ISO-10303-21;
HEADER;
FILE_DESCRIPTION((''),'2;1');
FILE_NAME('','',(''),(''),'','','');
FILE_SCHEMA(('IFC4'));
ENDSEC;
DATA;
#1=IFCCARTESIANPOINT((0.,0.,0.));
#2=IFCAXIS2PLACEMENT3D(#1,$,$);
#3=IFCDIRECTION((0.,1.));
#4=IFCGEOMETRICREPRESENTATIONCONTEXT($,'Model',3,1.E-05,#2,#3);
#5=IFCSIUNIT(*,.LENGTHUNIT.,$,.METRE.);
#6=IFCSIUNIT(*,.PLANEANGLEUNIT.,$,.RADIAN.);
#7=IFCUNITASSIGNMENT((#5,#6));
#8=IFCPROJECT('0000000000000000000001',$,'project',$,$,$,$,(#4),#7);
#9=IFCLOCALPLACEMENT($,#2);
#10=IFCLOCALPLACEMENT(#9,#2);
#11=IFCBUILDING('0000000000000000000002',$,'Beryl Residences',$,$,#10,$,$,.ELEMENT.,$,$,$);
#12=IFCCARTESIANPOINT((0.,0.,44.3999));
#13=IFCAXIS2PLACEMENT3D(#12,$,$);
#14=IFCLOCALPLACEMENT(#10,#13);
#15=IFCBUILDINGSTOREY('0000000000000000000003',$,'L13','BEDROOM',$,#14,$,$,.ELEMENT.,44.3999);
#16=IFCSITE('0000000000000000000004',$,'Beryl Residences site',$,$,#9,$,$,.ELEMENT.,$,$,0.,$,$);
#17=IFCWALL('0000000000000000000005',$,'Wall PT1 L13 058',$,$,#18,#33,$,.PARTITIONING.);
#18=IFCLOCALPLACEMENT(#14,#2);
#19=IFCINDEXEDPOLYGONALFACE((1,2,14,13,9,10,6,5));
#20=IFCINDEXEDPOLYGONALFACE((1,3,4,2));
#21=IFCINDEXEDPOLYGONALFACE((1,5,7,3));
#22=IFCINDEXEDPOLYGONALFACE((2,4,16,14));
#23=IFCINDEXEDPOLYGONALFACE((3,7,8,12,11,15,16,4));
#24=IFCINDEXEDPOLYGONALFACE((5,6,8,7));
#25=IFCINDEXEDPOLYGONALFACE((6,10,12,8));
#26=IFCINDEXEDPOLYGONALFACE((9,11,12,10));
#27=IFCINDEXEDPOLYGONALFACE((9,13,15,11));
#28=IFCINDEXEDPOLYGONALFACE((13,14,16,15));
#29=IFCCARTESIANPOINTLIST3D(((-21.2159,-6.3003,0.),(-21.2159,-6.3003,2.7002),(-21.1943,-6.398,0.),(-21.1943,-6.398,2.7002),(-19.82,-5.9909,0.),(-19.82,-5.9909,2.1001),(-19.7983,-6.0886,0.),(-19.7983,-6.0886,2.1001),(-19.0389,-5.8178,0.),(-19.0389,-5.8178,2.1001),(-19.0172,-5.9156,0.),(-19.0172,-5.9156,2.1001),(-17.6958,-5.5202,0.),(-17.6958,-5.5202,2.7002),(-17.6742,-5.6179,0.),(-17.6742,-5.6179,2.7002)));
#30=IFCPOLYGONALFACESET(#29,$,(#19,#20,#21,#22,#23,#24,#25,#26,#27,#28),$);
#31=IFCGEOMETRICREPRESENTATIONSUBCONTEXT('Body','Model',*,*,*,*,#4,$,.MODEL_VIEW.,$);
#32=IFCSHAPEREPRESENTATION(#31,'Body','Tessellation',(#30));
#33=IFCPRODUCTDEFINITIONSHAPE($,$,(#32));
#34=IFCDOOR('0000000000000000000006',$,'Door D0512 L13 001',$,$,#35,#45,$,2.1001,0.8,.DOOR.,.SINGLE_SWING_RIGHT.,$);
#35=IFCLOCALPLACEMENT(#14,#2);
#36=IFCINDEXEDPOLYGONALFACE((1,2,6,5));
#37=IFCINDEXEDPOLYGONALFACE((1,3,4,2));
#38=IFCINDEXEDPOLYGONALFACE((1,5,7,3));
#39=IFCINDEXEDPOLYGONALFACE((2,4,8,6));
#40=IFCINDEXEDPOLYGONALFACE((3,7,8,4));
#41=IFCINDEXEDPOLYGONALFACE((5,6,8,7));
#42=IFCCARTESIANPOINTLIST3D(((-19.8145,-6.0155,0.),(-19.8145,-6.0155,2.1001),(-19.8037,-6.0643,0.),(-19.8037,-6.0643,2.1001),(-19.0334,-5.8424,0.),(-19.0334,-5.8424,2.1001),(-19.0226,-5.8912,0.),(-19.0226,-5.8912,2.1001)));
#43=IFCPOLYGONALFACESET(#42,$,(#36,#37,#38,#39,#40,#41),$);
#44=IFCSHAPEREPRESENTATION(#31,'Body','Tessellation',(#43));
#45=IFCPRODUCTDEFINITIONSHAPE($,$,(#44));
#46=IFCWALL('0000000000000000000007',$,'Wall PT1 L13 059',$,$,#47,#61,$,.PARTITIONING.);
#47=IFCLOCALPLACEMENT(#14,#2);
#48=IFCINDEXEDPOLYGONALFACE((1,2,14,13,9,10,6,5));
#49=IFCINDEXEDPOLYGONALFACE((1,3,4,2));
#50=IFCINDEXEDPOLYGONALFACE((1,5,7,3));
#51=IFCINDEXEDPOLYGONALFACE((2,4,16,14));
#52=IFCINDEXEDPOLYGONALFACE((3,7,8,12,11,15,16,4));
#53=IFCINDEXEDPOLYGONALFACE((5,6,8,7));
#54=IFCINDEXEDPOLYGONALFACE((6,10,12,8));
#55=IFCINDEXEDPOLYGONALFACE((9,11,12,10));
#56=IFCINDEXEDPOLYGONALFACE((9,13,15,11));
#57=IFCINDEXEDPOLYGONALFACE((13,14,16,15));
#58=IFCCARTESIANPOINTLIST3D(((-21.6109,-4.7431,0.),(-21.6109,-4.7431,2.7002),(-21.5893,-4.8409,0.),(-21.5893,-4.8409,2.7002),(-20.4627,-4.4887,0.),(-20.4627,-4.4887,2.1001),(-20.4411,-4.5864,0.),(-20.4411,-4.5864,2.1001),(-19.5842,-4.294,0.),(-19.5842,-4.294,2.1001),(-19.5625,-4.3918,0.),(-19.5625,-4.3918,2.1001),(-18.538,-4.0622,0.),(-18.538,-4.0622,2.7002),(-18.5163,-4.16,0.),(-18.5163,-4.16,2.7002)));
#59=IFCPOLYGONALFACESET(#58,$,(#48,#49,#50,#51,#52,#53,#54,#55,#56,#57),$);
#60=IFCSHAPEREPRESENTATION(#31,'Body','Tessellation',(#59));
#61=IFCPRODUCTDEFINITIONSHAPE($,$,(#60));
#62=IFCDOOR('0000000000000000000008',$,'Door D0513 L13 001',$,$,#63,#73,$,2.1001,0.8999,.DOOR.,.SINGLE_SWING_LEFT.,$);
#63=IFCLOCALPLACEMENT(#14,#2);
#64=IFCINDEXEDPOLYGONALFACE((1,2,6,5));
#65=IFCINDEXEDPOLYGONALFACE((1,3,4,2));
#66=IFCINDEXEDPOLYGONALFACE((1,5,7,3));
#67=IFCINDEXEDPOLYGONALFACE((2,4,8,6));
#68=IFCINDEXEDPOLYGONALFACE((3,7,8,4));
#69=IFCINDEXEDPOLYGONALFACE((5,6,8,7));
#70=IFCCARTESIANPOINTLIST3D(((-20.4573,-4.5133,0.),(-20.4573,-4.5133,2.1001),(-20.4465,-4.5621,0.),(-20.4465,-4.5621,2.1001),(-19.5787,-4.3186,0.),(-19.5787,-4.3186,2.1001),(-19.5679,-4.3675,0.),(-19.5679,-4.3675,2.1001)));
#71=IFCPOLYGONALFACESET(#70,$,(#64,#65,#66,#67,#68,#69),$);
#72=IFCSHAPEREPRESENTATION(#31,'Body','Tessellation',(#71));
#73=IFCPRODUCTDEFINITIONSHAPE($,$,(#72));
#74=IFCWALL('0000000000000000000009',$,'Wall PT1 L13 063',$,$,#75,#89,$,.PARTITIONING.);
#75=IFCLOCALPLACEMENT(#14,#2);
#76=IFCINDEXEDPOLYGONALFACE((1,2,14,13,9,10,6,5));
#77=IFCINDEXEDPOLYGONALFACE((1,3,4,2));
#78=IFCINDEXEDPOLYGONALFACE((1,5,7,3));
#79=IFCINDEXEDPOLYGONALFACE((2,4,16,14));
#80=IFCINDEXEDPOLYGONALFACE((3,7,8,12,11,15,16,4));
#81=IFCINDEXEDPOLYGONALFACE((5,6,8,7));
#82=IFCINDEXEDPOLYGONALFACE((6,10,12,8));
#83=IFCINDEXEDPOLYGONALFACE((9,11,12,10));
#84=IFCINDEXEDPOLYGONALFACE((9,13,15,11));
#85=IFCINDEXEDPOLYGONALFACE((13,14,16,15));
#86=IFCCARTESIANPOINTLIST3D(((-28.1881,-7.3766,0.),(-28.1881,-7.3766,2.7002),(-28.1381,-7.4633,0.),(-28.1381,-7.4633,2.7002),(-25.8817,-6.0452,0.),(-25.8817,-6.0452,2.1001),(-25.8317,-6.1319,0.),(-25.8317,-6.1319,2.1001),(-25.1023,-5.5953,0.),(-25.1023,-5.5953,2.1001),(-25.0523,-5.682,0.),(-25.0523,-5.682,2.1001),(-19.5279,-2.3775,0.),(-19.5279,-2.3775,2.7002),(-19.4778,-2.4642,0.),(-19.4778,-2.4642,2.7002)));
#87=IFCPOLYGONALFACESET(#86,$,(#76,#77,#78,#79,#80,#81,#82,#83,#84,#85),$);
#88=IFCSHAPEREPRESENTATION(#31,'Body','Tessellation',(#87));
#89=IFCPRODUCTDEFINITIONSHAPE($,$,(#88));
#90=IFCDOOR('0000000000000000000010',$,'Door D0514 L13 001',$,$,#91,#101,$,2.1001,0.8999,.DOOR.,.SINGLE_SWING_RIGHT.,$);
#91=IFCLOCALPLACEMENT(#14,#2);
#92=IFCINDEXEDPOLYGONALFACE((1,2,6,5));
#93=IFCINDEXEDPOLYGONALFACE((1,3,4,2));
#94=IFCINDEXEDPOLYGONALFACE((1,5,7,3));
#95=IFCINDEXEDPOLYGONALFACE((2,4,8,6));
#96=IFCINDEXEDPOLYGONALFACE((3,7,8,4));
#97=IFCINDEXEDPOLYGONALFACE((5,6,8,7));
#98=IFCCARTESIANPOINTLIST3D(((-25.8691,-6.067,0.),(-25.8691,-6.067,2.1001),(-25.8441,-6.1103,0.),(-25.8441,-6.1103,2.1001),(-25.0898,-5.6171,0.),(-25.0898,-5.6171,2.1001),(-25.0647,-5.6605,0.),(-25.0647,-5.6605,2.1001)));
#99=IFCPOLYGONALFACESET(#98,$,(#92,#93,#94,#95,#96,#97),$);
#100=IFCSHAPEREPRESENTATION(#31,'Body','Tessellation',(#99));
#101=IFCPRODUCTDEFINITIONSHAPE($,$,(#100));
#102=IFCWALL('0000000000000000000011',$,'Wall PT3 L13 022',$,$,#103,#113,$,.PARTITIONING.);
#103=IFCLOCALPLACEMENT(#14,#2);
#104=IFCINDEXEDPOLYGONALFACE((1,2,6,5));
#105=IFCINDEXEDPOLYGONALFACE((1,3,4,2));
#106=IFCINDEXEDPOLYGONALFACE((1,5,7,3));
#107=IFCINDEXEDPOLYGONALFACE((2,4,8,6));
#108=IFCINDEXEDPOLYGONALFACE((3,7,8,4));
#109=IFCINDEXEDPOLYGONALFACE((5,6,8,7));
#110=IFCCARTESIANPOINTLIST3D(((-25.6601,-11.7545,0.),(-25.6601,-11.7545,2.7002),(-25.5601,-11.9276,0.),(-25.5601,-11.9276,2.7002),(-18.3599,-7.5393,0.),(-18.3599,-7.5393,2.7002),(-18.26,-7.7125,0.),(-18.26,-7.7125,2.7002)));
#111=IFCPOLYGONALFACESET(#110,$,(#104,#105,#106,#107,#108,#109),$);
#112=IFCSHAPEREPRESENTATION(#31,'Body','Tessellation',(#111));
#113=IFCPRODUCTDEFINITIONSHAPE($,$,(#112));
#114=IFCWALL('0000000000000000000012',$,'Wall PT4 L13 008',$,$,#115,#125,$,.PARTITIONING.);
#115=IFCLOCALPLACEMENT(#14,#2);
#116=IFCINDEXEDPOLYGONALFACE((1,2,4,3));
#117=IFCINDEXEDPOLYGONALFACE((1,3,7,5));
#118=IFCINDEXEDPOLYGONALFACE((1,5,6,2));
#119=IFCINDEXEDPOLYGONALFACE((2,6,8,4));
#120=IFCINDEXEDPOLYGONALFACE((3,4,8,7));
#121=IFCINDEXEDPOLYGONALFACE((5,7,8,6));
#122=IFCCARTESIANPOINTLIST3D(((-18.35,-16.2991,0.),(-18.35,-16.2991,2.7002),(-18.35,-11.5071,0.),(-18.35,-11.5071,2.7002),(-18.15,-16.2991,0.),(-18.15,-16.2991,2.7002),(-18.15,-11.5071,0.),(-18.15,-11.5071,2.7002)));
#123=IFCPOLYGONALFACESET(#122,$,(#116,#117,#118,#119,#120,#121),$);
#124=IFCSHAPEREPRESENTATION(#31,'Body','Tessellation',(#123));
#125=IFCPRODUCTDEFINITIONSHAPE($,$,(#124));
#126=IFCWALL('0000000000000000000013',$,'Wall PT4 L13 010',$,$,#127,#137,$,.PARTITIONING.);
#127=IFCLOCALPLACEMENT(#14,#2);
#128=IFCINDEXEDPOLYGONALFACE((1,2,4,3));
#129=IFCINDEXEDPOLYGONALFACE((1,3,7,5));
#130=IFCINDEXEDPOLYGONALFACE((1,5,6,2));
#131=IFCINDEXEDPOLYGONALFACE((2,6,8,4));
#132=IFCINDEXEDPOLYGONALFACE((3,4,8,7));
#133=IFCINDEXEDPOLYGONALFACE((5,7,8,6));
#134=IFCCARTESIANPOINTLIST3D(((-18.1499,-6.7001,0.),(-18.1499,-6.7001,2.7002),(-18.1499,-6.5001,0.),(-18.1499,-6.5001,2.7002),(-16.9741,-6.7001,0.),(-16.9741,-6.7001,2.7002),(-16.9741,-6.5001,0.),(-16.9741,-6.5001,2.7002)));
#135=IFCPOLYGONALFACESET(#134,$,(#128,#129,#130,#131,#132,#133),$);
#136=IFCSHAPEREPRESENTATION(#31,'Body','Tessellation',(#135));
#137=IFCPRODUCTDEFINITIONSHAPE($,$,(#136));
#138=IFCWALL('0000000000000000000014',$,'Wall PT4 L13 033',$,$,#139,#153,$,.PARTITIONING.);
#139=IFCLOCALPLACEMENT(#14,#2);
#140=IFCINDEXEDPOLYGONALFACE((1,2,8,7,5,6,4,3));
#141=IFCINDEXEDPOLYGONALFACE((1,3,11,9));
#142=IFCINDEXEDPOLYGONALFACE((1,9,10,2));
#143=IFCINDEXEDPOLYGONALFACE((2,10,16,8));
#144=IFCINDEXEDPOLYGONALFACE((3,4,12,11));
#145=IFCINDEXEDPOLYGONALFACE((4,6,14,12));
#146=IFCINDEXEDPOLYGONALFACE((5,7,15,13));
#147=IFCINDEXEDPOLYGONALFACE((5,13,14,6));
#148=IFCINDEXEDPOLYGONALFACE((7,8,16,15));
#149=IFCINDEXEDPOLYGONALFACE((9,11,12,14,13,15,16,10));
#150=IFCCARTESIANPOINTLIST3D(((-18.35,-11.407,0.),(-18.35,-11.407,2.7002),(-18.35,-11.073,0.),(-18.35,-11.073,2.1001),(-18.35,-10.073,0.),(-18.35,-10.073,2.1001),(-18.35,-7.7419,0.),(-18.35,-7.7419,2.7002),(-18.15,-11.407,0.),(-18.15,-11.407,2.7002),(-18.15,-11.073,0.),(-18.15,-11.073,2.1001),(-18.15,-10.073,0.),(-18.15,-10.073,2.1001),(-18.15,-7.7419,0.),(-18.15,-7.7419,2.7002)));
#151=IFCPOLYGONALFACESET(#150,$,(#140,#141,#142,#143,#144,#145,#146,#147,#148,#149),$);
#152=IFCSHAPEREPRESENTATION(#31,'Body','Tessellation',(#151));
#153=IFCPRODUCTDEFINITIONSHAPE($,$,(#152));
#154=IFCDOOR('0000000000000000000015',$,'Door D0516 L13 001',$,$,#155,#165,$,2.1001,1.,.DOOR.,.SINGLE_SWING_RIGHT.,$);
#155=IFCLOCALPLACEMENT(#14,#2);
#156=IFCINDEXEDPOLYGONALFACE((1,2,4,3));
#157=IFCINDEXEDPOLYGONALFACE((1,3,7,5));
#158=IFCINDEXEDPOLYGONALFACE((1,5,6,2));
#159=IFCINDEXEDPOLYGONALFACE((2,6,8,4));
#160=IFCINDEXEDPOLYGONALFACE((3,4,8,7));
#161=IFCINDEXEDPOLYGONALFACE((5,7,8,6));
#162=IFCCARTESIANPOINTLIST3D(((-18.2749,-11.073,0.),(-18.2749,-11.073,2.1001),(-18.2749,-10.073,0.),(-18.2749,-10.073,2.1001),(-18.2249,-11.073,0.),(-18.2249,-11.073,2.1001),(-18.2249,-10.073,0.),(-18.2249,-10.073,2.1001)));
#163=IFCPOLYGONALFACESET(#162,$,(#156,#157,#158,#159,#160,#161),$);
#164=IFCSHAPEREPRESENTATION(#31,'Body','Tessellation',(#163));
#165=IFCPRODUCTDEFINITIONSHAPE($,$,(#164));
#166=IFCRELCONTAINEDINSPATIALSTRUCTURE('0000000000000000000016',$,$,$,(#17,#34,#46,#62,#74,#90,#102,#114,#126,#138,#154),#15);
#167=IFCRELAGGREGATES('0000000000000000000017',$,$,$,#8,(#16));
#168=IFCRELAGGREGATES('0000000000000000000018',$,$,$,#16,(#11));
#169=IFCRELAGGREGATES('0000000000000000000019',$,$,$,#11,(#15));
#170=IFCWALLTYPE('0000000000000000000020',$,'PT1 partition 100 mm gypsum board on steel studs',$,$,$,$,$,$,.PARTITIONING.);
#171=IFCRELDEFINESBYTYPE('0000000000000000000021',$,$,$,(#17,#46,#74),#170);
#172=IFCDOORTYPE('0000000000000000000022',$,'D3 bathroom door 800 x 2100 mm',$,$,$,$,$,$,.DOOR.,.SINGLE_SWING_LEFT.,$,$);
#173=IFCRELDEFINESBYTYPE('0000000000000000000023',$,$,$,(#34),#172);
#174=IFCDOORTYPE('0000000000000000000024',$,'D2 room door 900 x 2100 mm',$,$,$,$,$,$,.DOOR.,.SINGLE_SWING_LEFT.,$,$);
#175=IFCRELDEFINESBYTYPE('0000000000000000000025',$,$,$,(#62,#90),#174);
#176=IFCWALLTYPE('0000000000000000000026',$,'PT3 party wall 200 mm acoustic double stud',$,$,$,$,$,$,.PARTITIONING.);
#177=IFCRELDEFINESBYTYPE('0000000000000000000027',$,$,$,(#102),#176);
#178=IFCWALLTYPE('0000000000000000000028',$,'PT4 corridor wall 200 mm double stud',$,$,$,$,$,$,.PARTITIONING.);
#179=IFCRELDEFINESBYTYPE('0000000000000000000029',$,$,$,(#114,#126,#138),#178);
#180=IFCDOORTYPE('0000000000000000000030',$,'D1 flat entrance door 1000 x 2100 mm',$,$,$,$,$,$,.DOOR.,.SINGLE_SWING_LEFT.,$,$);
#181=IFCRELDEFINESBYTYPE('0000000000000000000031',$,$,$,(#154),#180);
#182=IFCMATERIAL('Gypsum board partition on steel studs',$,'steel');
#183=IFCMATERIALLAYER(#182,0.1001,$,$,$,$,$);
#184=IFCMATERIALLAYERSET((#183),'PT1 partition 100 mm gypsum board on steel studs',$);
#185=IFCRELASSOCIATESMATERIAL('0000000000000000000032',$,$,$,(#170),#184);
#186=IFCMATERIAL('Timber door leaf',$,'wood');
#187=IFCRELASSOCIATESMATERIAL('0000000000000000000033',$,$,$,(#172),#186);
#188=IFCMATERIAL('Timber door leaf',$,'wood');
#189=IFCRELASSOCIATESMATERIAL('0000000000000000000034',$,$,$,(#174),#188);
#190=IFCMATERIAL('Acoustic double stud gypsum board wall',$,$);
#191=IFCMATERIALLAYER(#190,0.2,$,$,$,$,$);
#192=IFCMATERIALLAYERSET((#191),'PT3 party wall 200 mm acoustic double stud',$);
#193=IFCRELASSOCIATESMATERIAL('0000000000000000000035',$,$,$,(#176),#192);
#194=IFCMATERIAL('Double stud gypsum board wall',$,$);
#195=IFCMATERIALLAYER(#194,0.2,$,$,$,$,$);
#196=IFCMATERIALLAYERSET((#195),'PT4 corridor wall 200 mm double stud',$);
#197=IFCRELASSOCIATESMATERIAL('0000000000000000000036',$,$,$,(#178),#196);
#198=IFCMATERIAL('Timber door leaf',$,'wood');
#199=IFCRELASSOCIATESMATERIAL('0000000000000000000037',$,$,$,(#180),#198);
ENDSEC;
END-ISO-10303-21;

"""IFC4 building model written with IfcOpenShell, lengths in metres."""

from ifc_helpers import new_model, si_unit, direction, frame, frame_2d, origin, place, context, subcontext, project, spatial, rectangle, extrude, material, layer, layer_set, type_object, element, fill, save


model = new_model("IFC4")

# Units and contexts
model_context = context("Model", 3, precision=1e-05, world=origin(), true_north=direction((0.0, 1.0)))
body_context = subcontext(model_context, "Body", "Model", "MODEL_VIEW")
ifc_project = project(units=[si_unit("LENGTHUNIT", "METRE"), si_unit("PLANEANGLEUNIT", "RADIAN")], contexts=[model_context])

# Site, building, storey
site_placement = place(None, origin())
site = spatial("IfcSite", under=ifc_project, at=site_placement, Name="Beryl Residences site", CompositionType="ELEMENT", RefElevation=0.0)
building_placement = place(site_placement, origin())
building = spatial("IfcBuilding", under=site, at=building_placement, Name="Beryl Residences", CompositionType="ELEMENT")
storey_placement = place(building_placement, frame((0.0, 0.0, 44.3999)))
storey = spatial("IfcBuildingStorey", under=building, at=storey_placement, Name="L13", Description="BEDROOM", CompositionType="ELEMENT", Elevation=44.3999)

# Shared definitions
ifc_material_1 = material(Name="Gypsum board partition on steel studs", Category="steel")
ifc_layer_1 = layer(ifc_material_1, 0.1001)
ifc_layer_set_1 = layer_set([ifc_layer_1], Name="PT1 partition 100 mm gypsum board on steel studs")
wall_type_1 = type_object("IfcWallType", Name="PT1 partition 100 mm gypsum board on steel studs", PredefinedType="PARTITIONING", material=ifc_layer_set_1)

# Shared definitions
ifc_material_2 = material(Name="Timber door leaf", Category="wood")
door_type_1 = type_object("IfcDoorType", Name="D3 bathroom door 800 x 2100 mm", OperationType="SINGLE_SWING_LEFT", PredefinedType="DOOR", material=ifc_material_2)
ifc_material_3 = material(Name="Timber door leaf", Category="wood")
door_type_2 = type_object("IfcDoorType", Name="D2 room door 900 x 2100 mm", OperationType="SINGLE_SWING_LEFT", PredefinedType="DOOR", material=ifc_material_3)

# Walls, openings, doors
wall_1_placement = place(storey_placement, frame((-21.2051, -6.3491, 0.0), z_axis=(0.0, 0.0, 1.0), x_axis=(0.976316, 0.21635, 0.0)))
wall_1 = element("IfcWall", 1, at=wall_1_placement, inside=storey, type_object=wall_type_1, Name="Wall PT1 L13 058", PredefinedType="PARTITIONING", context=body_context, shape_type="SweptSolid", body=[
    extrude(rectangle(XDim=3.6055, YDim=0.1001, at=frame_2d((1.8027, 0.0))), origin(), (0.0, 0.0, 1.0), 2.7002),
])
opening_1_placement = place(wall_1_placement, frame((1.4299, 0.0, 0.0)))
opening_1 = element("IfcOpeningElement", 2, at=opening_1_placement, cuts=wall_1, PredefinedType="OPENING", context=body_context, shape_type="SweptSolid", body=[
    extrude(rectangle(XDim=0.8, YDim=2.1001, at=frame_2d((0.3999, 1.05))), frame((0.0, 0.0601, 0.0), z_axis=(0.0, -1.0, 0.0), x_axis=(1.0, 0.0, 0.0)), (0.0, 0.0, 1.0), 0.1201),
])
door_1_placement = place(opening_1_placement, origin())
door_1 = element("IfcDoor", 3, at=door_1_placement, inside=storey, type_object=door_type_1, Name="Door D0512 L13 001", OperationType="SINGLE_SWING_RIGHT", OverallHeight=2.1001, OverallWidth=0.8, PredefinedType="DOOR", context=body_context, shape_type="SweptSolid", body=[
    extrude(rectangle(XDim=0.8, YDim=2.1001, at=frame_2d((0.3999, 1.05))), frame((0.0, 0.0249, 0.0), z_axis=(0.0, -1.0, 0.0), x_axis=(1.0, 0.0, 0.0)), (0.0, 0.0, 1.0), 0.05),
])
fill(opening_1, door_1)
wall_2_placement = place(storey_placement, frame((-21.6001, -4.792, 0.0), z_axis=(0.0, 0.0, 1.0), x_axis=(0.97632, 0.216331, 0.0)))
wall_2 = element("IfcWall", 4, at=wall_2_placement, inside=storey, type_object=wall_type_1, Name="Wall PT1 L13 059", PredefinedType="PARTITIONING", context=body_context, shape_type="SweptSolid", body=[
    extrude(rectangle(XDim=3.1475, YDim=0.1001, at=frame_2d((1.5737, 0.0))), origin(), (0.0, 0.0, 1.0), 2.7002),
])
opening_2_placement = place(wall_2_placement, frame((1.176, 0.0, 0.0)))
opening_2 = element("IfcOpeningElement", 5, at=opening_2_placement, cuts=wall_2, PredefinedType="OPENING", context=body_context, shape_type="SweptSolid", body=[
    extrude(rectangle(XDim=0.8999, YDim=2.1001, at=frame_2d((0.45, 1.05))), frame((0.0, 0.0601, 0.0), z_axis=(0.0, -1.0, 0.0), x_axis=(1.0, 0.0, 0.0)), (0.0, 0.0, 1.0), 0.1201),
])
door_2_placement = place(opening_2_placement, origin())
door_2 = element("IfcDoor", 6, at=door_2_placement, inside=storey, type_object=door_type_2, Name="Door D0513 L13 001", OperationType="SINGLE_SWING_LEFT", OverallHeight=2.1001, OverallWidth=0.8999, PredefinedType="DOOR", context=body_context, shape_type="SweptSolid", body=[
    extrude(rectangle(XDim=0.8999, YDim=2.1001, at=frame_2d((0.45, 1.05))), frame((0.0, 0.0249, 0.0), z_axis=(0.0, -1.0, 0.0), x_axis=(1.0, 0.0, 0.0)), (0.0, 0.0, 1.0), 0.05),
])
fill(opening_2, door_2)
wall_3_placement = place(storey_placement, frame((-28.1631, -7.4199, 0.0), z_axis=(0.0, 0.0, 1.0), x_axis=(0.866065, 0.499931, 0.0)))
wall_3 = element("IfcWall", 7, at=wall_3_placement, inside=storey, type_object=wall_type_1, Name="Wall PT1 L13 063", PredefinedType="PARTITIONING", context=body_context, shape_type="SweptSolid", body=[
    extrude(rectangle(XDim=9.9995, YDim=0.1001, at=frame_2d((4.9998, 0.0))), origin(), (0.0, 0.0, 1.0), 2.7002),
])
opening_3_placement = place(wall_3_placement, frame((2.6631, 0.0, 0.0)))
opening_3 = element("IfcOpeningElement", 8, at=opening_3_placement, cuts=wall_3, PredefinedType="OPENING", context=body_context, shape_type="SweptSolid", body=[
    extrude(rectangle(XDim=0.8999, YDim=2.1001, at=frame_2d((0.45, 1.05))), frame((0.0, 0.0601, 0.0), z_axis=(0.0, -1.0, 0.0), x_axis=(1.0, 0.0, 0.0)), (0.0, 0.0, 1.0), 0.1201),
])
door_3_placement = place(opening_3_placement, origin())
door_3 = element("IfcDoor", 9, at=door_3_placement, inside=storey, type_object=door_type_2, Name="Door D0514 L13 001", OperationType="SINGLE_SWING_RIGHT", OverallHeight=2.1001, OverallWidth=0.8999, PredefinedType="DOOR", context=body_context, shape_type="SweptSolid", body=[
    extrude(rectangle(XDim=0.8999, YDim=2.1001, at=frame_2d((0.45, 1.05))), frame((0.0, 0.0249, 0.0), z_axis=(0.0, -1.0, 0.0), x_axis=(1.0, 0.0, 0.0)), (0.0, 0.0, 1.0), 0.05),
])
fill(opening_3, door_3)

# Walls
ifc_material_4 = material(Name="Acoustic double stud gypsum board wall")
ifc_layer_2 = layer(ifc_material_4, 0.2)
ifc_layer_set_2 = layer_set([ifc_layer_2], Name="PT3 party wall 200 mm acoustic double stud")
wall_type_2 = type_object("IfcWallType", Name="PT3 party wall 200 mm acoustic double stud", PredefinedType="PARTITIONING", material=ifc_layer_set_2)
wall_4_placement = place(storey_placement, frame((-25.6101, -11.8411, 0.0), z_axis=(0.0, 0.0, 1.0), x_axis=(0.866005, 0.500036, 0.0)))
element("IfcWall", 10, at=wall_4_placement, inside=storey, type_object=wall_type_2, Name="Wall PT3 L13 022", PredefinedType="PARTITIONING", context=body_context, shape_type="SweptSolid", body=[
    extrude(rectangle(XDim=8.4297, YDim=0.2, at=frame_2d((4.2148, 0.0))), origin(), (0.0, 0.0, 1.0), 2.7002),
])
ifc_material_5 = material(Name="Double stud gypsum board wall")
ifc_layer_3 = layer(ifc_material_5, 0.2)
ifc_layer_set_3 = layer_set([ifc_layer_3], Name="PT4 corridor wall 200 mm double stud")
wall_type_3 = type_object("IfcWallType", Name="PT4 corridor wall 200 mm double stud", PredefinedType="PARTITIONING", material=ifc_layer_set_3)
wall_5_placement = place(storey_placement, frame((-18.25, -11.5071, 0.0), z_axis=(0.0, 0.0, 1.0), x_axis=(0.0, -1.0, 0.0)))
element("IfcWall", 11, at=wall_5_placement, inside=storey, type_object=wall_type_3, Name="Wall PT4 L13 008", PredefinedType="PARTITIONING", context=body_context, shape_type="SweptSolid", body=[
    extrude(rectangle(XDim=4.792, YDim=0.2, at=frame_2d((2.396, 0.0))), origin(), (0.0, 0.0, 1.0), 2.7002),
])
wall_6_placement = place(storey_placement, frame((-18.1499, -6.6001, 0.0), z_axis=(0.0, 0.0, 1.0), x_axis=(1.0, 0.0, 0.0)))
element("IfcWall", 12, at=wall_6_placement, inside=storey, type_object=wall_type_3, Name="Wall PT4 L13 010", PredefinedType="PARTITIONING", context=body_context, shape_type="SweptSolid", body=[
    extrude(rectangle(XDim=1.1758, YDim=0.2, at=frame_2d((0.5879, 0.0))), origin(), (0.0, 0.0, 1.0), 2.7002),
])

# Wall, opening, door
wall_7_placement = place(storey_placement, frame((-18.25, -11.407, 0.0), z_axis=(0.0, 0.0, 1.0), x_axis=(0.0, 1.0, 0.0)))
wall_7 = element("IfcWall", 13, at=wall_7_placement, inside=storey, type_object=wall_type_3, Name="Wall PT4 L13 033", PredefinedType="PARTITIONING", context=body_context, shape_type="SweptSolid", body=[
    extrude(rectangle(XDim=3.665, YDim=0.2, at=frame_2d((1.8325, 0.0))), origin(), (0.0, 0.0, 1.0), 2.7002),
])
opening_4_placement = place(wall_7_placement, frame((0.334, 0.0, 0.0)))
opening_4 = element("IfcOpeningElement", 14, at=opening_4_placement, cuts=wall_7, PredefinedType="OPENING", context=body_context, shape_type="SweptSolid", body=[
    extrude(rectangle(XDim=1.0, YDim=2.1001, at=frame_2d((0.5, 1.05))), frame((0.0, 0.1099, 0.0), z_axis=(0.0, -1.0, 0.0), x_axis=(1.0, 0.0, 0.0)), (0.0, 0.0, 1.0), 0.22),
])
ifc_material_6 = material(Name="Timber door leaf", Category="wood")
door_type_3 = type_object("IfcDoorType", Name="D1 flat entrance door 1000 x 2100 mm", OperationType="SINGLE_SWING_LEFT", PredefinedType="DOOR", material=ifc_material_6)
door_4_placement = place(opening_4_placement, origin())
door_4 = element("IfcDoor", 15, at=door_4_placement, inside=storey, type_object=door_type_3, Name="Door D0516 L13 001", OperationType="SINGLE_SWING_RIGHT", OverallHeight=2.1001, OverallWidth=1.0, PredefinedType="DOOR", context=body_context, shape_type="SweptSolid", body=[
    extrude(rectangle(XDim=1.0, YDim=2.1001, at=frame_2d((0.5, 1.05))), frame((0.0, 0.0249, 0.0), z_axis=(0.0, -1.0, 0.0), x_axis=(1.0, 0.0, 0.0)), (0.0, 0.0, 1.0), 0.05),
])
fill(opening_4, door_4)

save(model, "model.ifc")
